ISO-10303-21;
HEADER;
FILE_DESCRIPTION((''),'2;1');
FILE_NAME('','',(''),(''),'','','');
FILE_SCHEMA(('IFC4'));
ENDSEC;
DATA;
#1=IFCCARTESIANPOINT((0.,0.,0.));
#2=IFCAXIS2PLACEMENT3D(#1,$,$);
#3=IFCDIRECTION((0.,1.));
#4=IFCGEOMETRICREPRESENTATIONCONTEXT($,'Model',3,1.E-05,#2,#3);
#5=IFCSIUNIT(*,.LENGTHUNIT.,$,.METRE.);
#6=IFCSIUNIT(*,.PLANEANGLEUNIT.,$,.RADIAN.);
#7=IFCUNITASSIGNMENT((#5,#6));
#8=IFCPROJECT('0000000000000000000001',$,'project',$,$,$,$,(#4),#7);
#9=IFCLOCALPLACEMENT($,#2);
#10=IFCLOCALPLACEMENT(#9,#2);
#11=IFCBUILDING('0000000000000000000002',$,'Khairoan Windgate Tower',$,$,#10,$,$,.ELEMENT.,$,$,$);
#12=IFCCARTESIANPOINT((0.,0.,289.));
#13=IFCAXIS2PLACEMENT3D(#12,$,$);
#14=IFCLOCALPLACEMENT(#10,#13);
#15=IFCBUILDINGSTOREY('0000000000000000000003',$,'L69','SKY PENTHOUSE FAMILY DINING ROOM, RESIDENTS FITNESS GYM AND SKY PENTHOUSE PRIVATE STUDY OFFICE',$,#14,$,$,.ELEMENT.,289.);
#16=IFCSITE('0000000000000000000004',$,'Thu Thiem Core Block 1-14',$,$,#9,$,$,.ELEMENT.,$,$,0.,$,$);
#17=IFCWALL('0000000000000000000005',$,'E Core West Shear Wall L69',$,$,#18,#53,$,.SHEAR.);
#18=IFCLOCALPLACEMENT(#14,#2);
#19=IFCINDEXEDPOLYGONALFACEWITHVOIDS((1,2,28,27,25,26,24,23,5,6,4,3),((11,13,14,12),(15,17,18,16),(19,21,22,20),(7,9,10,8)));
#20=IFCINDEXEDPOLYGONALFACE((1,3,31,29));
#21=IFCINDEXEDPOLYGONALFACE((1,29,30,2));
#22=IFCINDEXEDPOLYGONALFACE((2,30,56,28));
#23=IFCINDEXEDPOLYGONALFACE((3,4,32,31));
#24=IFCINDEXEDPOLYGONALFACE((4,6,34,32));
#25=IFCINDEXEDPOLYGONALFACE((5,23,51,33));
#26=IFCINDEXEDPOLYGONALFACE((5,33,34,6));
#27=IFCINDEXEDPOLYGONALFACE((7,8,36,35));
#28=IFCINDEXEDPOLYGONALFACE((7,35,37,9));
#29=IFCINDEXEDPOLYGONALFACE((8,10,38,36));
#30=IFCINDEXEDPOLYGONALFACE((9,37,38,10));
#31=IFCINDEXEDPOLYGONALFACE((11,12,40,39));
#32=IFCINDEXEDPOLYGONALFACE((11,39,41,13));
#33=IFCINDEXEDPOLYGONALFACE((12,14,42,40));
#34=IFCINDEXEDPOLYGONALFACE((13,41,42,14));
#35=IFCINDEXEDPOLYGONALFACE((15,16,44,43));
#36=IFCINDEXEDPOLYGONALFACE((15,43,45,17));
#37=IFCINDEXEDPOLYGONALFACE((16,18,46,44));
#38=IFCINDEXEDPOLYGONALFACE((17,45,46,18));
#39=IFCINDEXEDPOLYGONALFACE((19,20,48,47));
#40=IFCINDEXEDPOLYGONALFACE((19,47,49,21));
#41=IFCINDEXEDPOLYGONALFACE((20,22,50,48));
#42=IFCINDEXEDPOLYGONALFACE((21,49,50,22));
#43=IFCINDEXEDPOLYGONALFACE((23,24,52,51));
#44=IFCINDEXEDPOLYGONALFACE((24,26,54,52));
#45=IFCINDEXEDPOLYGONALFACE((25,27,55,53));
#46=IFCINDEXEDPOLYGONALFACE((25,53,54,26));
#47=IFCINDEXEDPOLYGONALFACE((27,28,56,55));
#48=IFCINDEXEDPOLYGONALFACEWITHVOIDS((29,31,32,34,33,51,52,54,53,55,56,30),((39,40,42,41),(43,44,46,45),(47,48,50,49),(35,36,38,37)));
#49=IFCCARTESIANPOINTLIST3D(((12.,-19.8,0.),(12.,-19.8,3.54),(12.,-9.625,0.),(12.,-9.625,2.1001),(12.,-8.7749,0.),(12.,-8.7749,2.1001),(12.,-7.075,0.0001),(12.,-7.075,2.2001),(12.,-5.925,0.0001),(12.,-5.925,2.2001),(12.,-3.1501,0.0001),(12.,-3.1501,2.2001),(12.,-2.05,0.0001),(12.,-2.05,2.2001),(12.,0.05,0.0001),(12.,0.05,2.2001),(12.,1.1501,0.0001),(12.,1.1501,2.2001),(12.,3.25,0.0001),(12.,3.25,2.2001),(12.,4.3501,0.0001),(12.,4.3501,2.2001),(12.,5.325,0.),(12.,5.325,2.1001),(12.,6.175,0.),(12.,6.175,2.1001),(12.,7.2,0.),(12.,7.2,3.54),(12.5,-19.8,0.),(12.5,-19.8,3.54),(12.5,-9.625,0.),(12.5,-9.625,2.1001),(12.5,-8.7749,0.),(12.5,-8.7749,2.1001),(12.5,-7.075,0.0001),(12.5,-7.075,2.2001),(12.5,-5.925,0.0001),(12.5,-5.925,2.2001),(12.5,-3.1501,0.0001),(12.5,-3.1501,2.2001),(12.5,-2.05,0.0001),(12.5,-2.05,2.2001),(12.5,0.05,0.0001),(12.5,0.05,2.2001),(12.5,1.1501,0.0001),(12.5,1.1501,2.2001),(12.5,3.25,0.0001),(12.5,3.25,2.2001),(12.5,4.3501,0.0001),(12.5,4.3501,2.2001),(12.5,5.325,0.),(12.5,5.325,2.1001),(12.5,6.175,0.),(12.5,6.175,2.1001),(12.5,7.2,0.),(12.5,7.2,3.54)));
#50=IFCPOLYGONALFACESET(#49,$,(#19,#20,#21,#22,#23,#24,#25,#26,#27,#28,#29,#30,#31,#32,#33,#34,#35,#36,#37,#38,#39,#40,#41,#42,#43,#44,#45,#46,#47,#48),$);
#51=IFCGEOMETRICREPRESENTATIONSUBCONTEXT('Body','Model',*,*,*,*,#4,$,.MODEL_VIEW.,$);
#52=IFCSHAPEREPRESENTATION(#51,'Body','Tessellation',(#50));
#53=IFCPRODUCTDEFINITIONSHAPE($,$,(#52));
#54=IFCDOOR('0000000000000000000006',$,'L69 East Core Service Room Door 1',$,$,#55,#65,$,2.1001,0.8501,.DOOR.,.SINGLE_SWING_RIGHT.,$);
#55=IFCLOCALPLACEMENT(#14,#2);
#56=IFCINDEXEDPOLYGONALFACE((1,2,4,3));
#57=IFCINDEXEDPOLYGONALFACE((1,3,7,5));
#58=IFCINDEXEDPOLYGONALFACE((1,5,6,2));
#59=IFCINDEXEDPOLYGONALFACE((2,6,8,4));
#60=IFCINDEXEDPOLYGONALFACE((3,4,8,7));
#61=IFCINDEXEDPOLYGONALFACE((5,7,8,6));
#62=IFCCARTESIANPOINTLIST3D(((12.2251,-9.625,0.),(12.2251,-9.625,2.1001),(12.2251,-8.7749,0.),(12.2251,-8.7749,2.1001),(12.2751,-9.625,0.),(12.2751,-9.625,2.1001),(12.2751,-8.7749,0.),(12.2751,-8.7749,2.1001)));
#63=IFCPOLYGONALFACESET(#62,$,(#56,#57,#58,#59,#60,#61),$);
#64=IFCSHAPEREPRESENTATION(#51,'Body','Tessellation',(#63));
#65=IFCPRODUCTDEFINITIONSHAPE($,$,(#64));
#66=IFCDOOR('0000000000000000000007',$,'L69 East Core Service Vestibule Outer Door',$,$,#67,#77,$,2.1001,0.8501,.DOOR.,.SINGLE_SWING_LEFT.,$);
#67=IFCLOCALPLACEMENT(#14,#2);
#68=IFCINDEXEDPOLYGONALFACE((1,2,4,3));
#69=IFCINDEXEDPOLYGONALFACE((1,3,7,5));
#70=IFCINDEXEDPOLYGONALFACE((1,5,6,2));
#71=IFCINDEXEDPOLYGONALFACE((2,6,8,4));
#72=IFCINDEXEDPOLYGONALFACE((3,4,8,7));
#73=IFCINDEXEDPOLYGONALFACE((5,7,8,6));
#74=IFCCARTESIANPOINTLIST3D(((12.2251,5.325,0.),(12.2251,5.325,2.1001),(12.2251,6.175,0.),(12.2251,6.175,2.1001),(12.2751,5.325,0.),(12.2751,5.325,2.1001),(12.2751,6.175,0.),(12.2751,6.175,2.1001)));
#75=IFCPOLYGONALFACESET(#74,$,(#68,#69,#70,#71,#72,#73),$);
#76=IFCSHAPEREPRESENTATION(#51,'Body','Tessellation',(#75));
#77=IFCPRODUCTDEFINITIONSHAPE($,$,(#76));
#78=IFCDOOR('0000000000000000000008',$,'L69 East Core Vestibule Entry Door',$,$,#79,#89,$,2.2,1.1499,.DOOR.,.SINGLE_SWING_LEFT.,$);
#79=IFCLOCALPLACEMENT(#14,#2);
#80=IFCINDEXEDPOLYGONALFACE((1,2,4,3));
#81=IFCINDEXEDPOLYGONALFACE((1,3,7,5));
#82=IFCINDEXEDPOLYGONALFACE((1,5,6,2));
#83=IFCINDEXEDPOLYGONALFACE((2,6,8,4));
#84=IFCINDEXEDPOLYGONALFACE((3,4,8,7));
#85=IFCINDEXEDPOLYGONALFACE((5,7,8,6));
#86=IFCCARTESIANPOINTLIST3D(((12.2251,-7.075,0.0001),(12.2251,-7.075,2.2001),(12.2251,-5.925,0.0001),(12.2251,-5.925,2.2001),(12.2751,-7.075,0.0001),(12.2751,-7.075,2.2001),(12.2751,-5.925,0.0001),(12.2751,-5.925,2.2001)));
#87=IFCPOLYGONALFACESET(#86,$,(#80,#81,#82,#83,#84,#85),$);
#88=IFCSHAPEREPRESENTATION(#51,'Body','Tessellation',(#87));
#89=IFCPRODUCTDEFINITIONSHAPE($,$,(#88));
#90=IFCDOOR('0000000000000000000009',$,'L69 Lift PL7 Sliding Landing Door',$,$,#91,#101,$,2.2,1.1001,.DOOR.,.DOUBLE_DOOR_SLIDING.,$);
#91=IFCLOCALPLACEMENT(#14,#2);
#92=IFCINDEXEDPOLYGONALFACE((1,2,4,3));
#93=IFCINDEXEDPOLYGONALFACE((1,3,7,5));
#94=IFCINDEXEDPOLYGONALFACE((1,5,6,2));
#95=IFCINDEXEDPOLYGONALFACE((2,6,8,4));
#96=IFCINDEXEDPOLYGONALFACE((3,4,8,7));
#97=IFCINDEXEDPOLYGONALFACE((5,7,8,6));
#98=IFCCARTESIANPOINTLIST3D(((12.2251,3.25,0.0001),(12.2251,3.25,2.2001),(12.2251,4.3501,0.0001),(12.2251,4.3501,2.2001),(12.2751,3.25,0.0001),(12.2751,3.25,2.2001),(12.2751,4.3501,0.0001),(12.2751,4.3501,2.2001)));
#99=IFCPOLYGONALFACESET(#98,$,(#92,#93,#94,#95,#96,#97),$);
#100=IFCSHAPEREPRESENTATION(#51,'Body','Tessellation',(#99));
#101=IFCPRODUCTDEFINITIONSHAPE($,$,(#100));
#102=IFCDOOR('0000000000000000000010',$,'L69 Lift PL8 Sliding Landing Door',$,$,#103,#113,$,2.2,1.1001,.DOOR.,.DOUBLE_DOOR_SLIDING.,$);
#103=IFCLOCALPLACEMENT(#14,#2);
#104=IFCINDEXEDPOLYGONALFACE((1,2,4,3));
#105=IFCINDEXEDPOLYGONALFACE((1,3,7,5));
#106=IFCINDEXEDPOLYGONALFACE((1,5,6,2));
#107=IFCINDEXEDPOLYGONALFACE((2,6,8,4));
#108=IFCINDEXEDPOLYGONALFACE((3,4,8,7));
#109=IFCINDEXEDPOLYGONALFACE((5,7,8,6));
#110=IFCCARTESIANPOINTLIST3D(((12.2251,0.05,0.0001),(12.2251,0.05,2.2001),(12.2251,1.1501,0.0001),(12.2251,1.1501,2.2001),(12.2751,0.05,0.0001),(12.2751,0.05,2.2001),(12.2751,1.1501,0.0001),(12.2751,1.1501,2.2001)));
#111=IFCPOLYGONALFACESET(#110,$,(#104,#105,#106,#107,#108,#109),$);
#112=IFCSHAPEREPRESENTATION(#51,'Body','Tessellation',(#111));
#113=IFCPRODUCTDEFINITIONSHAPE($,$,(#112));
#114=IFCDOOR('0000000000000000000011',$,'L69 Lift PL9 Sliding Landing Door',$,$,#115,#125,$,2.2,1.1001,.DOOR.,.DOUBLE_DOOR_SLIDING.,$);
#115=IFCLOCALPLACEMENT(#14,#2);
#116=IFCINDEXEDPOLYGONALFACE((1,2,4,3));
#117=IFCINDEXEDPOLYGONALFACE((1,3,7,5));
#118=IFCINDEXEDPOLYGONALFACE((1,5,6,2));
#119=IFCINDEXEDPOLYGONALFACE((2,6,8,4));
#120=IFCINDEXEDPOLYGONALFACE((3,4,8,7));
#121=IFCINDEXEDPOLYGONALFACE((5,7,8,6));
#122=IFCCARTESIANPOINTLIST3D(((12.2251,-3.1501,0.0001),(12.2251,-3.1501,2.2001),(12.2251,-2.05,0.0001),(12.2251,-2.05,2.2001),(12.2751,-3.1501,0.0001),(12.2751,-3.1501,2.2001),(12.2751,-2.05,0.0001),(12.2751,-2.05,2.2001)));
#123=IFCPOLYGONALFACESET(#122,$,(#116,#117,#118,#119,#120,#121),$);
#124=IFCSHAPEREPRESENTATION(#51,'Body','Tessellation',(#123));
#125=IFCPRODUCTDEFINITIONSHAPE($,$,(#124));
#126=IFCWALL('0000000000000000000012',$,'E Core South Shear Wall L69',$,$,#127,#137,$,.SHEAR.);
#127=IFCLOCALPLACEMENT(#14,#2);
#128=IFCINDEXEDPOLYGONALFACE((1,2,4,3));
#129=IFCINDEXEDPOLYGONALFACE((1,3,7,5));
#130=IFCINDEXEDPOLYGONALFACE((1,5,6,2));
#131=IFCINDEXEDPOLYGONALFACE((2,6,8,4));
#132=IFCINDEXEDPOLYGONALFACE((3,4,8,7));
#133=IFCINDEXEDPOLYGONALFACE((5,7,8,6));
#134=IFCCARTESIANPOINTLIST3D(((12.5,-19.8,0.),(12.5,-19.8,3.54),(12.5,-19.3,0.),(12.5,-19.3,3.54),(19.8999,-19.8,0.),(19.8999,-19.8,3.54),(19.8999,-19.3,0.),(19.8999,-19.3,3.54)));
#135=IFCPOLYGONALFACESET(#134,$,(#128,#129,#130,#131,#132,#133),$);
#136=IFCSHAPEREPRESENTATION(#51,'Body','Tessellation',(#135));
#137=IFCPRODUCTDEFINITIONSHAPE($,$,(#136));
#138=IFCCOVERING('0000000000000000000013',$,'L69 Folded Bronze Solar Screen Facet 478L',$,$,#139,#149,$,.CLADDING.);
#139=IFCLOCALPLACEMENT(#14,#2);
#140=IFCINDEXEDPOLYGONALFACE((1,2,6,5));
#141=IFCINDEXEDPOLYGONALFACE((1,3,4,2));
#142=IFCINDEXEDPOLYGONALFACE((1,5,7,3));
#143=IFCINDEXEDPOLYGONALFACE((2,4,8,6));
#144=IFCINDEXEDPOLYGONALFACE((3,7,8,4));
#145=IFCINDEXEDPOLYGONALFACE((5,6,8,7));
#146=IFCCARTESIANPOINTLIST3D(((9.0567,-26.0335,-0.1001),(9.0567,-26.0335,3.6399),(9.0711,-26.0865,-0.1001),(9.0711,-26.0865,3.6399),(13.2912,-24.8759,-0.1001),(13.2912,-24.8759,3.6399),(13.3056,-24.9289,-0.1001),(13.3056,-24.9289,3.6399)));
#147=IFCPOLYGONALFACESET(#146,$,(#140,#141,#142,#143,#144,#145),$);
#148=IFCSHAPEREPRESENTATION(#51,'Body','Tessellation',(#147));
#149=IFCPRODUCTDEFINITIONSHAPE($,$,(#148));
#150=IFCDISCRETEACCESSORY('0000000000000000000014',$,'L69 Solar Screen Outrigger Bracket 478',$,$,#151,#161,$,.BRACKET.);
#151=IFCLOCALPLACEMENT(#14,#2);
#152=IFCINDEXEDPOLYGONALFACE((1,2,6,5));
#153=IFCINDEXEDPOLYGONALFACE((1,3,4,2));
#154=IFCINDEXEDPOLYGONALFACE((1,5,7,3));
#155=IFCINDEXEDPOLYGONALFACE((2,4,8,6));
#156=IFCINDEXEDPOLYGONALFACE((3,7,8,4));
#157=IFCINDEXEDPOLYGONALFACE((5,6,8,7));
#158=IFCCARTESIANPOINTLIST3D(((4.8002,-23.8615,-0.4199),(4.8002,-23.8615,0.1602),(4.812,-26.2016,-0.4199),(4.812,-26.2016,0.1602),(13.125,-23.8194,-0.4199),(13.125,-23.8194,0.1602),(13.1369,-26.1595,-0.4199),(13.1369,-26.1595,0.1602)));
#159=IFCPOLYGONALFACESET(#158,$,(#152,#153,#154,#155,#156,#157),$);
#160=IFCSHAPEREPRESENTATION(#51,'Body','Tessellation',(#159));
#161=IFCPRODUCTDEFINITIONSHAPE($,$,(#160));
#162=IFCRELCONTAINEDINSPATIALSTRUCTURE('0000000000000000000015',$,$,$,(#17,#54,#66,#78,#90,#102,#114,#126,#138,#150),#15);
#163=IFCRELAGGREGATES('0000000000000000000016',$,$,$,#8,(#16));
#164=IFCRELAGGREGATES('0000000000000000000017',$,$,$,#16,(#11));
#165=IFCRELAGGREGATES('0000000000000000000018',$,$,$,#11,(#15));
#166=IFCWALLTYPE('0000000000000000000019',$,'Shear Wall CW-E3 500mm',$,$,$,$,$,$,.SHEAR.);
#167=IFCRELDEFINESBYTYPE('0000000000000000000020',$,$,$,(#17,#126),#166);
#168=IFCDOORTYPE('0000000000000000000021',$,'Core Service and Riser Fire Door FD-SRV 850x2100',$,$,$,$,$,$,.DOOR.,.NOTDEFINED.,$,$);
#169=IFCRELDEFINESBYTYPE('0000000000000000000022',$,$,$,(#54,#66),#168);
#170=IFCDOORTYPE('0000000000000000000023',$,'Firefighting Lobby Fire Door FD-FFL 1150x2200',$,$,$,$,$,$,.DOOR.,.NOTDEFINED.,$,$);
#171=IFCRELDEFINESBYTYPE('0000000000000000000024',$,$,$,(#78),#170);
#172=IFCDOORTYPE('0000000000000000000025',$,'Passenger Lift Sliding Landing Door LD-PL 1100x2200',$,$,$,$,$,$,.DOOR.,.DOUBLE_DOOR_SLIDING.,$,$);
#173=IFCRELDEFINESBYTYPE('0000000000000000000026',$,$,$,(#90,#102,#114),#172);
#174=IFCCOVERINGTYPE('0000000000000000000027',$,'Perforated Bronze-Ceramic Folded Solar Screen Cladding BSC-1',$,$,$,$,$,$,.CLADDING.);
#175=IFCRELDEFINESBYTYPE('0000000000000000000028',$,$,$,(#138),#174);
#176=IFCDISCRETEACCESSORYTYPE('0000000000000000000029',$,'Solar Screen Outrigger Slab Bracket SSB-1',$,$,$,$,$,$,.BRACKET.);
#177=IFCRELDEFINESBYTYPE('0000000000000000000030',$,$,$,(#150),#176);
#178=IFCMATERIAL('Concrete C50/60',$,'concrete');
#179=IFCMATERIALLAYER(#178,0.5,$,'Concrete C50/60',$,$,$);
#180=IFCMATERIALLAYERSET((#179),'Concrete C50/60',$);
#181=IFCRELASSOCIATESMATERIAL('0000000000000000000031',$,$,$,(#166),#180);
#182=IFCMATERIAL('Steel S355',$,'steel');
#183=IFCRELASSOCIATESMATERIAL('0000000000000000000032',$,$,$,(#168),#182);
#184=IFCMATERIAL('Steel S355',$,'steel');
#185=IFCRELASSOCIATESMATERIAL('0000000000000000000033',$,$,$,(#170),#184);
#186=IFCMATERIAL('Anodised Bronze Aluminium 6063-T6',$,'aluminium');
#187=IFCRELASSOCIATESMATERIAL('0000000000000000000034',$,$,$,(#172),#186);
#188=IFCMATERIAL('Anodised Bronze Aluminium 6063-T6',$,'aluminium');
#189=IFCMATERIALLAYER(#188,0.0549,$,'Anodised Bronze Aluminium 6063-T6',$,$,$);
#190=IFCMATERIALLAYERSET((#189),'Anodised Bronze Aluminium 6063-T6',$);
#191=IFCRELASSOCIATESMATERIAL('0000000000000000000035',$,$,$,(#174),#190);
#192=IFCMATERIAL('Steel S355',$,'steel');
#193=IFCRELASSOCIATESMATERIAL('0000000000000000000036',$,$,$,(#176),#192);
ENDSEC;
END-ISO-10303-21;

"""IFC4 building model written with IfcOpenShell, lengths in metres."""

from ifc_helpers import new_model, si_unit, direction, frame, frame_2d, origin, origin_2d, place, context, subcontext, project, spatial, rectangle, extrude, material, layer, layer_set, type_object, element, fill, save


model = new_model("IFC4")

# Units and contexts
model_context = context("Model", 3, precision=1e-05, world=origin(), true_north=direction((0.0, 1.0)))
body_context = subcontext(model_context, "Body", "Model", "MODEL_VIEW")
ifc_project = project(units=[si_unit("LENGTHUNIT", "METRE"), si_unit("PLANEANGLEUNIT", "RADIAN")], contexts=[model_context])

# Site, building, storey
site_placement = place(None, origin())
site = spatial("IfcSite", under=ifc_project, at=site_placement, Name="Thu Thiem Core Block 1-14", CompositionType="ELEMENT", RefElevation=0.0)
building_placement = place(site_placement, origin())
building = spatial("IfcBuilding", under=site, at=building_placement, Name="Khairoan Windgate Tower", CompositionType="ELEMENT")
storey_placement = place(building_placement, frame((0.0, 0.0, 289.0)))
storey = spatial("IfcBuildingStorey", under=building, at=storey_placement, Name="L69", Description="SKY PENTHOUSE FAMILY DINING ROOM, RESIDENTS FITNESS GYM AND SKY PENTHOUSE PRIVATE STUDY OFFICE", CompositionType="ELEMENT", Elevation=289.0)

# Wall, openings, doors
ifc_material_1 = material(Name="Concrete C50/60", Category="concrete")
ifc_layer_1 = layer(ifc_material_1, 0.5, Name="Concrete C50/60")
ifc_layer_set_1 = layer_set([ifc_layer_1], Name="Concrete C50/60")
wall_type_1 = type_object("IfcWallType", Name="Shear Wall CW-E3 500mm", PredefinedType="SHEAR", material=ifc_layer_set_1)
wall_1_placement = place(storey_placement, frame((12.25, -19.8, 0.0), z_axis=(0.0, 0.0, 1.0), x_axis=(0.0, 1.0, 0.0)))
wall_1 = element("IfcWall", 1, at=wall_1_placement, inside=storey, type_object=wall_type_1, Name="E Core West Shear Wall L69", PredefinedType="SHEAR", context=body_context, shape_type="SweptSolid", body=[
    extrude(rectangle(XDim=27.0, YDim=0.5, at=frame_2d((13.5, 0.0))), origin(), (0.0, 0.0, 1.0), 3.54),
])
opening_1_placement = place(wall_1_placement, frame((23.05, 0.0, 0.0)))
opening_1 = element("IfcOpeningElement", 2, at=opening_1_placement, cuts=wall_1, PredefinedType="OPENING", context=body_context, shape_type="SweptSolid", body=[
    extrude(rectangle(XDim=1.1001, YDim=2.2, at=frame_2d((0.55, 1.1001))), frame((0.0, 0.26, 0.0), z_axis=(0.0, -1.0, 0.0), x_axis=(1.0, 0.0, 0.0)), (0.0, 0.0, 1.0), 0.52),
])
opening_2_placement = place(wall_1_placement, frame((19.8501, 0.0, 0.0)))
opening_2 = element("IfcOpeningElement", 3, at=opening_2_placement, cuts=wall_1, PredefinedType="OPENING", context=body_context, shape_type="SweptSolid", body=[
    extrude(rectangle(XDim=1.1001, YDim=2.2, at=frame_2d((0.55, 1.1001))), frame((0.0, 0.26, 0.0), z_axis=(0.0, -1.0, 0.0), x_axis=(1.0, 0.0, 0.0)), (0.0, 0.0, 1.0), 0.52),
])
opening_3_placement = place(wall_1_placement, frame((16.6499, 0.0, 0.0)))
opening_3 = element("IfcOpeningElement", 4, at=opening_3_placement, cuts=wall_1, PredefinedType="OPENING", context=body_context, shape_type="SweptSolid", body=[
    extrude(rectangle(XDim=1.1001, YDim=2.2, at=frame_2d((0.55, 1.1001))), frame((0.0, 0.26, 0.0), z_axis=(0.0, -1.0, 0.0), x_axis=(1.0, 0.0, 0.0)), (0.0, 0.0, 1.0), 0.52),
])
opening_4_placement = place(wall_1_placement, frame((10.175, 0.0, 0.0)))
opening_4 = element("IfcOpeningElement", 5, at=opening_4_placement, cuts=wall_1, PredefinedType="OPENING", context=body_context, shape_type="SweptSolid", body=[
    extrude(rectangle(XDim=0.8501, YDim=2.1001, at=frame_2d((0.425, 1.05))), frame((0.0, 0.26, 0.0), z_axis=(0.0, -1.0, 0.0), x_axis=(1.0, 0.0, 0.0)), (0.0, 0.0, 1.0), 0.52),
])
opening_5_placement = place(wall_1_placement, frame((12.7251, 0.0, 0.0)))
opening_5 = element("IfcOpeningElement", 6, at=opening_5_placement, cuts=wall_1, PredefinedType="OPENING", context=body_context, shape_type="SweptSolid", body=[
    extrude(rectangle(XDim=1.1499, YDim=2.2, at=frame_2d((0.575, 1.1001))), frame((0.0, 0.26, 0.0), z_axis=(0.0, -1.0, 0.0), x_axis=(1.0, 0.0, 0.0)), (0.0, 0.0, 1.0), 0.52),
])
opening_6_placement = place(wall_1_placement, frame((25.125, 0.0, 0.0)))
opening_6 = element("IfcOpeningElement", 7, at=opening_6_placement, cuts=wall_1, PredefinedType="OPENING", context=body_context, shape_type="SweptSolid", body=[
    extrude(rectangle(XDim=0.8501, YDim=2.1001, at=frame_2d((0.425, 1.05))), frame((0.0, 0.26, 0.0), z_axis=(0.0, -1.0, 0.0), x_axis=(1.0, 0.0, 0.0)), (0.0, 0.0, 1.0), 0.52),
])
ifc_material_2 = material(Name="Steel S355", Category="steel")
door_type_1 = type_object("IfcDoorType", Name="Core Service and Riser Fire Door FD-SRV 850x2100", OperationType="NOTDEFINED", PredefinedType="DOOR", material=ifc_material_2)
door_1_placement = place(opening_4_placement, origin())
door_1 = element("IfcDoor", 8, at=door_1_placement, inside=storey, type_object=door_type_1, Name="L69 East Core Service Room Door 1", OperationType="SINGLE_SWING_RIGHT", OverallHeight=2.1001, OverallWidth=0.8501, PredefinedType="DOOR", context=body_context, shape_type="SweptSolid", body=[
    extrude(rectangle(XDim=0.8501, YDim=2.1001, at=frame_2d((0.425, 1.05))), frame((0.0, 0.0249, 0.0), z_axis=(0.0, -1.0, 0.0), x_axis=(1.0, 0.0, 0.0)), (0.0, 0.0, 1.0), 0.05),
])
fill(opening_4, door_1)
door_2_placement = place(opening_6_placement, origin())
door_2 = element("IfcDoor", 9, at=door_2_placement, inside=storey, type_object=door_type_1, Name="L69 East Core Service Vestibule Outer Door", OperationType="SINGLE_SWING_LEFT", OverallHeight=2.1001, OverallWidth=0.8501, PredefinedType="DOOR", context=body_context, shape_type="SweptSolid", body=[
    extrude(rectangle(XDim=0.8501, YDim=2.1001, at=frame_2d((0.425, 1.05))), frame((0.0, 0.0249, 0.0), z_axis=(0.0, -1.0, 0.0), x_axis=(1.0, 0.0, 0.0)), (0.0, 0.0, 1.0), 0.05),
])
fill(opening_6, door_2)
ifc_material_3 = material(Name="Steel S355", Category="steel")
door_type_2 = type_object("IfcDoorType", Name="Firefighting Lobby Fire Door FD-FFL 1150x2200", OperationType="NOTDEFINED", PredefinedType="DOOR", material=ifc_material_3)
door_3_placement = place(opening_5_placement, origin())
door_3 = element("IfcDoor", 10, at=door_3_placement, inside=storey, type_object=door_type_2, Name="L69 East Core Vestibule Entry Door", OperationType="SINGLE_SWING_LEFT", OverallHeight=2.2, OverallWidth=1.1499, PredefinedType="DOOR", context=body_context, shape_type="SweptSolid", body=[
    extrude(rectangle(XDim=1.1499, YDim=2.2, at=frame_2d((0.575, 1.1001))), frame((0.0, 0.0249, 0.0), z_axis=(0.0, -1.0, 0.0), x_axis=(1.0, 0.0, 0.0)), (0.0, 0.0, 1.0), 0.05),
])
fill(opening_5, door_3)
ifc_material_4 = material(Name="Anodised Bronze Aluminium 6063-T6", Category="aluminium")
door_type_3 = type_object("IfcDoorType", Name="Passenger Lift Sliding Landing Door LD-PL 1100x2200", OperationType="DOUBLE_DOOR_SLIDING", PredefinedType="DOOR", material=ifc_material_4)
door_4_placement = place(opening_1_placement, origin())
door_4 = element("IfcDoor", 11, at=door_4_placement, inside=storey, type_object=door_type_3, Name="L69 Lift PL7 Sliding Landing Door", OperationType="DOUBLE_DOOR_SLIDING", OverallHeight=2.2, OverallWidth=1.1001, PredefinedType="DOOR", context=body_context, shape_type="SweptSolid", body=[
    extrude(rectangle(XDim=1.1001, YDim=2.2, at=frame_2d((0.55, 1.1001))), frame((0.0, 0.0249, 0.0), z_axis=(0.0, -1.0, 0.0), x_axis=(1.0, 0.0, 0.0)), (0.0, 0.0, 1.0), 0.05),
])
fill(opening_1, door_4)
door_5_placement = place(opening_2_placement, origin())
door_5 = element("IfcDoor", 12, at=door_5_placement, inside=storey, type_object=door_type_3, Name="L69 Lift PL8 Sliding Landing Door", OperationType="DOUBLE_DOOR_SLIDING", OverallHeight=2.2, OverallWidth=1.1001, PredefinedType="DOOR", context=body_context, shape_type="SweptSolid", body=[
    extrude(rectangle(XDim=1.1001, YDim=2.2, at=frame_2d((0.55, 1.1001))), frame((0.0, 0.0249, 0.0), z_axis=(0.0, -1.0, 0.0), x_axis=(1.0, 0.0, 0.0)), (0.0, 0.0, 1.0), 0.05),
])
fill(opening_2, door_5)
door_6_placement = place(opening_3_placement, origin())
door_6 = element("IfcDoor", 13, at=door_6_placement, inside=storey, type_object=door_type_3, Name="L69 Lift PL9 Sliding Landing Door", OperationType="DOUBLE_DOOR_SLIDING", OverallHeight=2.2, OverallWidth=1.1001, PredefinedType="DOOR", context=body_context, shape_type="SweptSolid", body=[
    extrude(rectangle(XDim=1.1001, YDim=2.2, at=frame_2d((0.55, 1.1001))), frame((0.0, 0.0249, 0.0), z_axis=(0.0, -1.0, 0.0), x_axis=(1.0, 0.0, 0.0)), (0.0, 0.0, 1.0), 0.05),
])
fill(opening_3, door_6)

# Wall
wall_2_placement = place(storey_placement, frame((12.5, -19.55, 0.0), z_axis=(0.0, 0.0, 1.0), x_axis=(1.0, 0.0, 0.0)))
element("IfcWall", 14, at=wall_2_placement, inside=storey, type_object=wall_type_1, Name="E Core South Shear Wall L69", PredefinedType="SHEAR", context=body_context, shape_type="SweptSolid", body=[
    extrude(rectangle(XDim=7.3999, YDim=0.5, at=frame_2d((3.7, 0.0))), origin(), (0.0, 0.0, 1.0), 3.54),
])

# Covering
ifc_material_5 = material(Name="Anodised Bronze Aluminium 6063-T6", Category="aluminium")
ifc_layer_2 = layer(ifc_material_5, 0.0549, Name="Anodised Bronze Aluminium 6063-T6")
ifc_layer_set_2 = layer_set([ifc_layer_2], Name="Anodised Bronze Aluminium 6063-T6")
covering_type = type_object("IfcCoveringType", Name="Perforated Bronze-Ceramic Folded Solar Screen Cladding BSC-1", PredefinedType="CLADDING", material=ifc_layer_set_2)
covering_placement = place(storey_placement, frame((11.1812, -25.4812, -0.1001), z_axis=(0.0, 0.0, 1.0), x_axis=(-0.964603, -0.263705, 0.0)))
element("IfcCovering", 15, at=covering_placement, inside=storey, type_object=covering_type, Name="L69 Folded Bronze Solar Screen Facet 478L", PredefinedType="CLADDING", context=body_context, shape_type="SweptSolid", body=[
    extrude(rectangle(XDim=4.3899, YDim=0.0549, at=origin_2d()), origin(), (0.0, 0.0, 1.0), 3.74),
])

# Discrete accessory
ifc_material_6 = material(Name="Steel S355", Category="steel")
discrete_accessory_type = type_object("IfcDiscreteAccessoryType", Name="Solar Screen Outrigger Slab Bracket SSB-1", PredefinedType="BRACKET", material=ifc_material_6)
discrete_accessory_placement = place(storey_placement, frame((8.9685, -25.0105, -0.4199), z_axis=(0.0, 0.0, 1.0), x_axis=(-0.999987, -0.005061, 0.0)))
element("IfcDiscreteAccessory", 16, at=discrete_accessory_placement, inside=storey, type_object=discrete_accessory_type, Name="L69 Solar Screen Outrigger Bracket 478", PredefinedType="BRACKET", context=body_context, shape_type="SweptSolid", body=[
    extrude(rectangle(XDim=8.325, YDim=2.3401, at=origin_2d()), origin(), (0.0, 0.0, 1.0), 0.5801),
])

save(model, "model.ifc")
